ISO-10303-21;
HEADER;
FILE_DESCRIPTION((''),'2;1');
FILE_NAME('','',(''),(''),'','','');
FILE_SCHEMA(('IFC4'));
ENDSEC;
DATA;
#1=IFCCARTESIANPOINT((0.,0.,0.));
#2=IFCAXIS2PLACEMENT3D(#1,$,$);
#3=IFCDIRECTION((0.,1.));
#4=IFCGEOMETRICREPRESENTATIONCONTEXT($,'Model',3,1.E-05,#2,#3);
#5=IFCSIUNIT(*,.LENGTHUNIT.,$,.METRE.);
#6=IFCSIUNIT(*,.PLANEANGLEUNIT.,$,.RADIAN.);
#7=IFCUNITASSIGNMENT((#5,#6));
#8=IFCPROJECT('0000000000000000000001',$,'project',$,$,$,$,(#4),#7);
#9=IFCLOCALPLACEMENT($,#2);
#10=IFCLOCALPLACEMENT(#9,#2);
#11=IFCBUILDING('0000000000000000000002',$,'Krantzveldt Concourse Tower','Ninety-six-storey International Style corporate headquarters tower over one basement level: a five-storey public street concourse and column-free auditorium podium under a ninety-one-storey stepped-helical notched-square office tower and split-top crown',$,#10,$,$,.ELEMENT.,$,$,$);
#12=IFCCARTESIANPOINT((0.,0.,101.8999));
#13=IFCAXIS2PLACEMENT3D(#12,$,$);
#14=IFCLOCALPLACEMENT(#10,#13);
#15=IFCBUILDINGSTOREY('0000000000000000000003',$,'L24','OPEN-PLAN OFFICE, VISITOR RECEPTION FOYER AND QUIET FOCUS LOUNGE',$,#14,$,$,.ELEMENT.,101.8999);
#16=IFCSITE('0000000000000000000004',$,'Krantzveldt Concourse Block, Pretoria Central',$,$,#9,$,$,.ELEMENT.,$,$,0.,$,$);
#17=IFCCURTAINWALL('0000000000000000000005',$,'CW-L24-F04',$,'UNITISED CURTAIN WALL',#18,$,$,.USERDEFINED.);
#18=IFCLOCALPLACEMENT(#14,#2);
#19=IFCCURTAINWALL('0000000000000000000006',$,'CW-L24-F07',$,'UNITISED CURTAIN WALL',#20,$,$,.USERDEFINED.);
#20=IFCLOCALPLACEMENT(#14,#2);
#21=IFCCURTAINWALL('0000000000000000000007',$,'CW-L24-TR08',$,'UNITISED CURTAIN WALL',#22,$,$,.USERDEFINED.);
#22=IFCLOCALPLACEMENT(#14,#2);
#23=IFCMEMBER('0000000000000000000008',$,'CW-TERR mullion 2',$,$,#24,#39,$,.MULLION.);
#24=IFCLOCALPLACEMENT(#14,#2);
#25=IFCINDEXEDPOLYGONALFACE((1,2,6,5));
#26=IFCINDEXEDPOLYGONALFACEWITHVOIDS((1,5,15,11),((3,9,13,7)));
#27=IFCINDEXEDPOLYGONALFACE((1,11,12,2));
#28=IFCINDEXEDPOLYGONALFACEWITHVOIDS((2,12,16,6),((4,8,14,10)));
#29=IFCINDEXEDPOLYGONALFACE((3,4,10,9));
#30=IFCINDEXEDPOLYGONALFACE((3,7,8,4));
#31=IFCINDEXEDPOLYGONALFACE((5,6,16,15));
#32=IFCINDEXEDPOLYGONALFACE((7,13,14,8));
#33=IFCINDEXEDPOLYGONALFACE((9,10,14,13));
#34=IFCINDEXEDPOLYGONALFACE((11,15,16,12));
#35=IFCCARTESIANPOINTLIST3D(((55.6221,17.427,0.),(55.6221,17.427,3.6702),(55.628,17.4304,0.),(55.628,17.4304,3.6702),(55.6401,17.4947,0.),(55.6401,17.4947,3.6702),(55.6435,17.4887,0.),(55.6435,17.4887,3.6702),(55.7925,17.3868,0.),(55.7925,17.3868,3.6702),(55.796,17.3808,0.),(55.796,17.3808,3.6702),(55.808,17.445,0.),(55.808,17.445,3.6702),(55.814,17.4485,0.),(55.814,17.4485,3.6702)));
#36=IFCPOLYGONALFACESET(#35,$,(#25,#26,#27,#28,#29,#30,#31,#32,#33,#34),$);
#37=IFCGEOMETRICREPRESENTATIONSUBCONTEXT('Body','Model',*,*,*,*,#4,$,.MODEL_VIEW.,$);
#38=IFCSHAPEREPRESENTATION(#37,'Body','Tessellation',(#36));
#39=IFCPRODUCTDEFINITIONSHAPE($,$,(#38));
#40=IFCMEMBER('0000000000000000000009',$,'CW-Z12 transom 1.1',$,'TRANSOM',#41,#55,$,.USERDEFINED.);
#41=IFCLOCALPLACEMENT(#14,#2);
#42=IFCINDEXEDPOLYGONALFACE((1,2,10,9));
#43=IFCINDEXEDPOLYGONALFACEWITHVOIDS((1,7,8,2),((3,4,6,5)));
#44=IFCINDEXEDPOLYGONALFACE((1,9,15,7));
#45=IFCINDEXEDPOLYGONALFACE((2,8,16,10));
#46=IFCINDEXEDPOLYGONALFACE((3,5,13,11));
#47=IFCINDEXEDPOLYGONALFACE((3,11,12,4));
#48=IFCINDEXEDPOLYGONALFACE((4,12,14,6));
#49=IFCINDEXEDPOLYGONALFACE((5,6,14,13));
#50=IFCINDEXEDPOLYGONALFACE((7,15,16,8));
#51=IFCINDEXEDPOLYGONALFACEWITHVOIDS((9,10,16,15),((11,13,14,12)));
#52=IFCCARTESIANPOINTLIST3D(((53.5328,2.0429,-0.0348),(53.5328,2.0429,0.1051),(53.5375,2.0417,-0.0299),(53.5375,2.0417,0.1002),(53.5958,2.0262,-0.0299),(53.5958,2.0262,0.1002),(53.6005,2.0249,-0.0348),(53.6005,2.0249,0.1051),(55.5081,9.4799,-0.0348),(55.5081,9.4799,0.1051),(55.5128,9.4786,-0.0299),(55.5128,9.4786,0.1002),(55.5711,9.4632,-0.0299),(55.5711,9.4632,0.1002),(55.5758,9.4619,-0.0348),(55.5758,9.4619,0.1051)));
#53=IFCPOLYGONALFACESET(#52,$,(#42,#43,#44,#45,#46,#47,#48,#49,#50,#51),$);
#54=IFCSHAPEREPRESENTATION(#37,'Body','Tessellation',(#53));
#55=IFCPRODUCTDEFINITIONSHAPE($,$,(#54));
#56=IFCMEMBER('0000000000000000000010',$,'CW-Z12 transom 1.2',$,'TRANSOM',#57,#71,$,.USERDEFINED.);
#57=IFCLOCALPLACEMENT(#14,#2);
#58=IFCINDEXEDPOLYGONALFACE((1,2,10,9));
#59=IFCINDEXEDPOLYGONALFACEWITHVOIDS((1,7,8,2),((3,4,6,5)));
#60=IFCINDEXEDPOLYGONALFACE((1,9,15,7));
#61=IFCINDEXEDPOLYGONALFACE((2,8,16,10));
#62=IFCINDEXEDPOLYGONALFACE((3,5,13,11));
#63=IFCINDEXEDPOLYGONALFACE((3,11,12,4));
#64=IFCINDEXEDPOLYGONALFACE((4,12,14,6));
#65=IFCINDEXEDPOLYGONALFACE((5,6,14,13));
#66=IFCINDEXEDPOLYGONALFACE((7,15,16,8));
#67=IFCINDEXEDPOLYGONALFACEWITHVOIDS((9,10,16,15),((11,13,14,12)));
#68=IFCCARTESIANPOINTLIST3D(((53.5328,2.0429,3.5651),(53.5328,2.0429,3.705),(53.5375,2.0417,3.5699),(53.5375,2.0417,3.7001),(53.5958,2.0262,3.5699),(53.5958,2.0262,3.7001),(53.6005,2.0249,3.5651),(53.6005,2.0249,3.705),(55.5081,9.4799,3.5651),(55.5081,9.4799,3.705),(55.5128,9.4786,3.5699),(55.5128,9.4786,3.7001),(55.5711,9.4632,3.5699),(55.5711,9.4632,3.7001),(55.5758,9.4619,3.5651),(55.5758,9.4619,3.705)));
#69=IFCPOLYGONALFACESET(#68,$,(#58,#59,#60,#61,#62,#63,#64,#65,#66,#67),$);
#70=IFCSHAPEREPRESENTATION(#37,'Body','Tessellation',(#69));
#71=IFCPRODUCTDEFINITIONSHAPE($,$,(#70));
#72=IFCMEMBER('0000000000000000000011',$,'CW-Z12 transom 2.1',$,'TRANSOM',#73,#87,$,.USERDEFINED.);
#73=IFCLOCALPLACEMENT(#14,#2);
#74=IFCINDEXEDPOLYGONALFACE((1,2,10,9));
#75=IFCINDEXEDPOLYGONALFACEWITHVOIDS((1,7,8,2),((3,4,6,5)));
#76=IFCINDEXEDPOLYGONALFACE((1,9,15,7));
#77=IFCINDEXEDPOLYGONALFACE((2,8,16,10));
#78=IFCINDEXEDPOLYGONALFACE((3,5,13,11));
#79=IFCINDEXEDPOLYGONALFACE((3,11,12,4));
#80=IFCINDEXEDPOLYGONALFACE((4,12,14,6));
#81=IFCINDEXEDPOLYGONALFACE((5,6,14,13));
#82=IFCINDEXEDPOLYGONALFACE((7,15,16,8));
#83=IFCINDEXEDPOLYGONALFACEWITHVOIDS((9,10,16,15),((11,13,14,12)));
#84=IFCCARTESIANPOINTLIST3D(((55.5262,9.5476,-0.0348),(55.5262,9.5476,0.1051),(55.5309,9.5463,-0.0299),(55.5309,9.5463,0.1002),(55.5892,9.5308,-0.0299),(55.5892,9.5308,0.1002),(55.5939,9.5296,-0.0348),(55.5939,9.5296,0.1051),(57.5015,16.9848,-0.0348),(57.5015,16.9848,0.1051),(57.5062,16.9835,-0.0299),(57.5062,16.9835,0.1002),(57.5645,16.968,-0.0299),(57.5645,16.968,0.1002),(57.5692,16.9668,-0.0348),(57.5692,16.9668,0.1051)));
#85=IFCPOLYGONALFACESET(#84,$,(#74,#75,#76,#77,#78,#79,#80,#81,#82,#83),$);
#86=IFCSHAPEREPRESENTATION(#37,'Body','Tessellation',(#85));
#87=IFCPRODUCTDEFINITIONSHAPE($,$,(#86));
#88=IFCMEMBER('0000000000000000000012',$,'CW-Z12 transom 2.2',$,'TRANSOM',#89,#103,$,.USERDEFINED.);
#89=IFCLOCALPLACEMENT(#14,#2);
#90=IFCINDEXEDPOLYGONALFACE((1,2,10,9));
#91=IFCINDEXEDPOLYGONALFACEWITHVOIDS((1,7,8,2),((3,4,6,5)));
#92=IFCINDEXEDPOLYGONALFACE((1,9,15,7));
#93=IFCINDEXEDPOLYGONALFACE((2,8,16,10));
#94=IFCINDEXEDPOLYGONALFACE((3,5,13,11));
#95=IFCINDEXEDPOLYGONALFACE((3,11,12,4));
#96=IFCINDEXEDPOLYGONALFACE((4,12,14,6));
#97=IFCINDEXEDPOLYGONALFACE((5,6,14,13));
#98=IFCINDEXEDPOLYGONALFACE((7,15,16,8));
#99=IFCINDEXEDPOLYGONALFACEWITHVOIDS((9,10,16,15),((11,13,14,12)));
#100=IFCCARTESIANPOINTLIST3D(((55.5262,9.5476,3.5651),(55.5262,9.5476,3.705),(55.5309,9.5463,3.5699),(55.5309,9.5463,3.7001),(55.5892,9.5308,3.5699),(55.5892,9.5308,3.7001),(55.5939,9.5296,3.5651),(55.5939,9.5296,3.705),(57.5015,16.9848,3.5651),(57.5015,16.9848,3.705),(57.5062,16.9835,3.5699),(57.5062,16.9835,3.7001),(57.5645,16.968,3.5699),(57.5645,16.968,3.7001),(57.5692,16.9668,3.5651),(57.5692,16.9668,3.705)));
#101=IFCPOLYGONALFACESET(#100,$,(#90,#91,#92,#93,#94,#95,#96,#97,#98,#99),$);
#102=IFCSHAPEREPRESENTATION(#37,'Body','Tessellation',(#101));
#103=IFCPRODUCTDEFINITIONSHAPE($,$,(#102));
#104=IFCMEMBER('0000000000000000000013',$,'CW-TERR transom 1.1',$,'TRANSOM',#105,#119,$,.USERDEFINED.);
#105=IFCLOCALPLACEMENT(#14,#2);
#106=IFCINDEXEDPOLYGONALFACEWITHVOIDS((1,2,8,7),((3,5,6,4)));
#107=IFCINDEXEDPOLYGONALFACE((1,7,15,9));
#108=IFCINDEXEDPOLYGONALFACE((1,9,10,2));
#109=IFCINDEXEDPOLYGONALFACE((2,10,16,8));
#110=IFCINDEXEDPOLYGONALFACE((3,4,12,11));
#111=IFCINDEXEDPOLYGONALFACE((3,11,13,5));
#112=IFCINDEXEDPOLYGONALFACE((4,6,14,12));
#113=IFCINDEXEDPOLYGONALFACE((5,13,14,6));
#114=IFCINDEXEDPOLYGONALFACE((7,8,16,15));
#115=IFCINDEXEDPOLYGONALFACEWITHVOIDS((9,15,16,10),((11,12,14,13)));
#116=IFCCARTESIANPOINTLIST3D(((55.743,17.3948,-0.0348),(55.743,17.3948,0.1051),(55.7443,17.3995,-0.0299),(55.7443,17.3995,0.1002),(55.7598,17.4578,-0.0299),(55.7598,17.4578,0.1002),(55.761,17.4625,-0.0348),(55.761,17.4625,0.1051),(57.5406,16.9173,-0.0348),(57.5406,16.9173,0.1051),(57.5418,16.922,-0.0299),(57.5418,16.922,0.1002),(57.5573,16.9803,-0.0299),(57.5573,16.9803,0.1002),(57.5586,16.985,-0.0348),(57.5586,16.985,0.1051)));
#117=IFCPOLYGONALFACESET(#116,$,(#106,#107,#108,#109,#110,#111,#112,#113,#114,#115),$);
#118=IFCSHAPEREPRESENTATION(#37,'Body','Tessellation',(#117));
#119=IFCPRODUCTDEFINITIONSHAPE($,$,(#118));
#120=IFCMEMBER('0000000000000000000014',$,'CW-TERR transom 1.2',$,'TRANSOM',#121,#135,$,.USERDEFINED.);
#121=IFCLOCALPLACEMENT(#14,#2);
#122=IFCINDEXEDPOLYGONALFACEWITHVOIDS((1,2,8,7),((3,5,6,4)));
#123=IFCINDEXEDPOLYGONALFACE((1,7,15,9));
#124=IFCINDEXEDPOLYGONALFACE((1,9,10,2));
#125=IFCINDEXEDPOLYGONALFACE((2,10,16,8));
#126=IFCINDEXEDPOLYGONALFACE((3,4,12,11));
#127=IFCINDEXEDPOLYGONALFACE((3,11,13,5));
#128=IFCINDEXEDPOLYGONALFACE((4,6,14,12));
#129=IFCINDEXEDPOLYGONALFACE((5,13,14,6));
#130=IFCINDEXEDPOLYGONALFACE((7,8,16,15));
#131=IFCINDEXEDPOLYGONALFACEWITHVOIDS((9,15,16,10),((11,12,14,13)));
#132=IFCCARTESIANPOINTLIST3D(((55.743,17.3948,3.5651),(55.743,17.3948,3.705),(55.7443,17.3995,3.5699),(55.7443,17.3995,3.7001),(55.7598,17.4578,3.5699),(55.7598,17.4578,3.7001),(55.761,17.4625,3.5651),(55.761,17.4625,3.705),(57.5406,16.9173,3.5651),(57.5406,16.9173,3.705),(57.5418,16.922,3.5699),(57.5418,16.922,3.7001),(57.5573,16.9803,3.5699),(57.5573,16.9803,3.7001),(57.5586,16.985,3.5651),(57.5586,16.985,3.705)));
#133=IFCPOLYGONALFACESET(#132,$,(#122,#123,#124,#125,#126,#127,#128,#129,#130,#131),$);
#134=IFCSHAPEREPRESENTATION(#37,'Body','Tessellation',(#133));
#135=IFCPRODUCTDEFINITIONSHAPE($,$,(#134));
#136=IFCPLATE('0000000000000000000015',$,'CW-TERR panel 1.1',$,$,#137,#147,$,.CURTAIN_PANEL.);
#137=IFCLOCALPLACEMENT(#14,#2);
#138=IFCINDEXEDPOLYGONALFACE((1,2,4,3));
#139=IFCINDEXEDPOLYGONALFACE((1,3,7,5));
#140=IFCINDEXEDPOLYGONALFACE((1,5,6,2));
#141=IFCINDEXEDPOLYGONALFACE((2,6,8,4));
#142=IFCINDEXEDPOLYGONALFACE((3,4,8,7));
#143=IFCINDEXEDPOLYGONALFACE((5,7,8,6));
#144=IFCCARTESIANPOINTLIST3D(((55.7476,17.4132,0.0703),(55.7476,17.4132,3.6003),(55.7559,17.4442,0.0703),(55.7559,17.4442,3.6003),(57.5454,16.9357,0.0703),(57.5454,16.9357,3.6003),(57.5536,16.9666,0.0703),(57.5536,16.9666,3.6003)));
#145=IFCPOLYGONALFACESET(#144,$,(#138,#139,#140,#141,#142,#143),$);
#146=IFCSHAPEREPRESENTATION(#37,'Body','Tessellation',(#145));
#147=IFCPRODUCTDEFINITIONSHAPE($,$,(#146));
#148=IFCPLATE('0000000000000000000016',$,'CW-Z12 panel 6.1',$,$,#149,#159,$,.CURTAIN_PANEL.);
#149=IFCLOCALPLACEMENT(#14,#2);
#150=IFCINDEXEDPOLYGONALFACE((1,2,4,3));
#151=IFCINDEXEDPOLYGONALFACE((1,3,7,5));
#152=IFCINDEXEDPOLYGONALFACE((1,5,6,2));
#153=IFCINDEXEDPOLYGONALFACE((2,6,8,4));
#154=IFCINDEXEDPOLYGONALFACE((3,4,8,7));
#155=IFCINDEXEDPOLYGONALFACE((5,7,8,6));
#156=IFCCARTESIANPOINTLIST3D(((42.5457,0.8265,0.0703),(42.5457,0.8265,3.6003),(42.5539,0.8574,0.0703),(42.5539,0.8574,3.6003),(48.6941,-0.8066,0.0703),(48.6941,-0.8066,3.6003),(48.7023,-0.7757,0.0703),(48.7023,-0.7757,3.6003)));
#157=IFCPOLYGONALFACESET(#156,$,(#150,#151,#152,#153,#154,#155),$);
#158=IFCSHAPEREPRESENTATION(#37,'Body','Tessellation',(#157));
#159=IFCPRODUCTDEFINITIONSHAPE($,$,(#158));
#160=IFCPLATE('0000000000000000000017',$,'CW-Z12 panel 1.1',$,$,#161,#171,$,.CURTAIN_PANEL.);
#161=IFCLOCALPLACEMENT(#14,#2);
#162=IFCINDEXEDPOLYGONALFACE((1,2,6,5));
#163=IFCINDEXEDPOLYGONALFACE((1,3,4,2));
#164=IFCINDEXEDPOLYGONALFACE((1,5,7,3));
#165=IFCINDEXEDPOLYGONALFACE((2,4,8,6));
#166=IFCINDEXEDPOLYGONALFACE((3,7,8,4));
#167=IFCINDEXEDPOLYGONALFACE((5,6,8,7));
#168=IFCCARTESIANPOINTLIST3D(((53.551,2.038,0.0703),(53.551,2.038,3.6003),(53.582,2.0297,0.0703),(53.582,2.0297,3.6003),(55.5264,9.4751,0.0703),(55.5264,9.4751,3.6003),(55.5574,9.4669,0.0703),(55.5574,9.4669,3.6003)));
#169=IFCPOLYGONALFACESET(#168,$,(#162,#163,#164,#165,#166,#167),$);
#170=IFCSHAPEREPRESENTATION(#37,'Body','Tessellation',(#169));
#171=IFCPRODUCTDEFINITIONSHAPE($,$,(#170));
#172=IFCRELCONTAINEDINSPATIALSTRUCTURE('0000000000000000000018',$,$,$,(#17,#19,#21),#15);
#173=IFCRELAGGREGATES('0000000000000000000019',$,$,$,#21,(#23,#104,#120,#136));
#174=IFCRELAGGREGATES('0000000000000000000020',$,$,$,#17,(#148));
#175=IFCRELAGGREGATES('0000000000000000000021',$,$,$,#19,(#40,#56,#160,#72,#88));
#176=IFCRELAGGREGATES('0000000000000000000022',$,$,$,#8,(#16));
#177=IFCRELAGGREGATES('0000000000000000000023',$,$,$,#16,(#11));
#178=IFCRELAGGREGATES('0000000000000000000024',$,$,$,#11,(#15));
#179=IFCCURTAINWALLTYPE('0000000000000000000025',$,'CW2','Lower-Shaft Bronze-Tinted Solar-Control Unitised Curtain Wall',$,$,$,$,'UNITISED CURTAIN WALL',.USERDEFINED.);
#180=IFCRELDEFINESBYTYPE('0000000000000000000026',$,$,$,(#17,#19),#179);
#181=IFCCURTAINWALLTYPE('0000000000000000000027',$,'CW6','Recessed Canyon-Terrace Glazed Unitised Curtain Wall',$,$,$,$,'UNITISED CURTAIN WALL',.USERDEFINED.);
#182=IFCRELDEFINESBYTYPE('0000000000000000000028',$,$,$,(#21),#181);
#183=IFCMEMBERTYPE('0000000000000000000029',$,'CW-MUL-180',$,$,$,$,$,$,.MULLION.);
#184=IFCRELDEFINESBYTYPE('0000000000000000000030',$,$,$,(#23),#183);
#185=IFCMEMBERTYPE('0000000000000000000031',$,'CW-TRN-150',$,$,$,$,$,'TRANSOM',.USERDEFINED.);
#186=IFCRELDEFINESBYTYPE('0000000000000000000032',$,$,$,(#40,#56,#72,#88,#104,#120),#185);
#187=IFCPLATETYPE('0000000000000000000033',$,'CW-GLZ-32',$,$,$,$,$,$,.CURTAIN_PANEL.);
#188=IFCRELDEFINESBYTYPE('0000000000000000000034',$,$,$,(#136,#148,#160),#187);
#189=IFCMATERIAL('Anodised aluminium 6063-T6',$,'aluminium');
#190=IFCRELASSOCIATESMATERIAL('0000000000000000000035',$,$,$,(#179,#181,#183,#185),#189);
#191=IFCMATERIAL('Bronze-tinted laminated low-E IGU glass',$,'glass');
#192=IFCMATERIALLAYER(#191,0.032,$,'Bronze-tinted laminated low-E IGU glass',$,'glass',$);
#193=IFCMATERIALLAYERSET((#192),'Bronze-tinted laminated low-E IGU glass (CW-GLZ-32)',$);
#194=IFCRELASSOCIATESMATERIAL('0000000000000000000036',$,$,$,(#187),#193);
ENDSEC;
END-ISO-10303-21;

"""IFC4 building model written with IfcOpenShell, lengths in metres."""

from ifc_helpers import new_model, si_unit, direction, frame, origin, origin_2d, place, context, subcontext, project, spatial, rectangle, hollow_rectangle, extrude, source, transform, mapped, material, layer, layer_set, material_profile, profile_set, type_object, type_shapes, element, aggregate, save


model = new_model("IFC4")

# Units and contexts
model_context = context("Model", 3, precision=1e-05, world=origin(), true_north=direction((0.0, 1.0)))
body_context = subcontext(model_context, "Body", "Model", "MODEL_VIEW")
ifc_project = project(units=[si_unit("LENGTHUNIT", "METRE"), si_unit("PLANEANGLEUNIT", "RADIAN")], contexts=[model_context])

# Site, building, storey
site_placement = place(None, origin())
site = spatial("IfcSite", under=ifc_project, at=site_placement, Name="Krantzveldt Concourse Block, Pretoria Central", CompositionType="ELEMENT", RefElevation=0.0)
building_placement = place(site_placement, origin())
building = spatial("IfcBuilding", under=site, at=building_placement, Name="Krantzveldt Concourse Tower", Description="Ninety-six-storey International Style corporate headquarters tower over one basement level: a five-storey public street concourse and column-free auditorium podium under a ninety-one-storey stepped-helical notched-square office tower and split-top crown", CompositionType="ELEMENT")
storey_placement = place(building_placement, frame((0.0, 0.0, 101.8999)))
storey = spatial("IfcBuildingStorey", under=building, at=storey_placement, Name="L24", Description="OPEN-PLAN OFFICE, VISITOR RECEPTION FOYER AND QUIET FOCUS LOUNGE", CompositionType="ELEMENT", Elevation=101.8999)

# Curtain wall
ifc_material_1 = material(Name="Anodised aluminium 6063-T6", Category="aluminium")
curtain_wall_type_1 = type_object("IfcCurtainWallType", Name="CW2", Description="Lower-Shaft Bronze-Tinted Solar-Control Unitised Curtain Wall", ElementType="UNITISED CURTAIN WALL", PredefinedType="USERDEFINED", material=ifc_material_1)
curtain_wall_1_placement = place(storey_placement, origin())
curtain_wall_1 = element("IfcCurtainWall", 1, at=curtain_wall_1_placement, inside=storey, type_object=curtain_wall_type_1, Name="CW-L24-F04", ObjectType="UNITISED CURTAIN WALL", PredefinedType="USERDEFINED")
ifc_material_profile_1 = material_profile(ifc_material_1, hollow_rectangle(XDim=0.0701, YDim=0.1799, WallThickness=0.0049, at=origin_2d()), Name="Anodised aluminium 6063-T6", Category="aluminium")
ifc_profile_set_1 = profile_set([ifc_material_profile_1], Name="Anodised aluminium 6063-T6 - ALU-MULL 180x70x5")
member_type_1 = type_object("IfcMemberType", Name="CW-MUL-180", PredefinedType="MULLION", material=ifc_profile_set_1)
shared_shape_1 = source(origin(), body_context, "Body", "SweptSolid", [
    extrude(hollow_rectangle(XDim=0.0701, YDim=0.1799, WallThickness=0.0049, at=origin_2d()), origin(), (0.0, 0.0, 1.0), 3.6702),
])
type_shapes(member_type_1, [shared_shape_1])

# Curtain walls, member
curtain_wall_2_placement = place(storey_placement, origin())
curtain_wall_2 = element("IfcCurtainWall", 2, at=curtain_wall_2_placement, inside=storey, type_object=curtain_wall_type_1, Name="CW-L24-F07", ObjectType="UNITISED CURTAIN WALL", PredefinedType="USERDEFINED")
curtain_wall_type_2 = type_object("IfcCurtainWallType", Name="CW6", Description="Recessed Canyon-Terrace Glazed Unitised Curtain Wall", ElementType="UNITISED CURTAIN WALL", PredefinedType="USERDEFINED", material=ifc_material_1)
curtain_wall_3_placement = place(storey_placement, origin())
curtain_wall_3 = element("IfcCurtainWall", 3, at=curtain_wall_3_placement, inside=storey, type_object=curtain_wall_type_2, Name="CW-L24-TR08", ObjectType="UNITISED CURTAIN WALL", PredefinedType="USERDEFINED")
member_1_placement = place(storey_placement, frame((55.718, 17.4377, 0.0), z_axis=(0.0, 0.0, 1.0), x_axis=(-0.256714, -0.966487, 0.0)))
member_1 = element("IfcMember", 4, at=member_1_placement, type_object=member_type_1, Name="CW-TERR mullion 2", PredefinedType="MULLION", context=body_context, shape_type="MappedRepresentation", body=[
    mapped(shared_shape_1, transform((0.0, 0.0, 0.0), x_axis=(1.0, 0.0, 0.0), y_axis=(0.0, 1.0, 0.0), z_axis=(0.0, 0.0, 1.0), scale=1.0)),
])

# Members
ifc_material_profile_2 = material_profile(ifc_material_1, hollow_rectangle(XDim=0.0701, YDim=0.1399, WallThickness=0.0049, at=origin_2d()), Name="Anodised aluminium 6063-T6", Category="aluminium")
ifc_profile_set_2 = profile_set([ifc_material_profile_2], Name="Anodised aluminium 6063-T6 - ALU-TRAN 140x70x5")
member_type_2 = type_object("IfcMemberType", Name="CW-TRN-150", ElementType="TRANSOM", PredefinedType="USERDEFINED", material=ifc_profile_set_2)
shared_shape_2 = source(origin(), body_context, "Body", "SweptSolid", [
    extrude(hollow_rectangle(XDim=0.0701, YDim=0.1399, WallThickness=0.0049, at=origin_2d()), origin(), (0.0, 0.0, 1.0), 7.6948),
])
member_2_placement = place(storey_placement, frame((53.5667, 2.0339, 0.0352), z_axis=(0.256709, 0.966489, 0.0), x_axis=(-0.966489, 0.256709, 0.0)))
member_2 = element("IfcMember", 5, at=member_2_placement, type_object=member_type_2, Name="CW-Z12 transom 1.1", ObjectType="TRANSOM", PredefinedType="USERDEFINED", context=body_context, shape_type="MappedRepresentation", body=[
    mapped(shared_shape_2, transform((0.0, 0.0, 0.0), x_axis=(1.0, 0.0, 0.0), y_axis=(0.0, 1.0, 0.0), z_axis=(0.0, 0.0, 1.0), scale=1.0)),
])
member_3_placement = place(storey_placement, frame((53.5667, 2.0339, 3.635), z_axis=(0.256709, 0.966489, 0.0), x_axis=(-0.966489, 0.256709, 0.0)))
member_3 = element("IfcMember", 6, at=member_3_placement, type_object=member_type_2, Name="CW-Z12 transom 1.2", ObjectType="TRANSOM", PredefinedType="USERDEFINED", context=body_context, shape_type="MappedRepresentation", body=[
    mapped(shared_shape_2, transform((0.0, 0.0, 0.0), x_axis=(1.0, 0.0, 0.0), y_axis=(0.0, 1.0, 0.0), z_axis=(0.0, 0.0, 1.0), scale=1.0)),
])
shared_shape_3 = source(origin(), body_context, "Body", "SweptSolid", [
    extrude(hollow_rectangle(XDim=0.0701, YDim=0.1399, WallThickness=0.0049, at=origin_2d()), origin(), (0.0, 0.0, 1.0), 7.6951),
])
member_4_placement = place(storey_placement, frame((55.5601, 9.5386, 0.0352), z_axis=(0.256701, 0.966491, 0.0), x_axis=(-0.966491, 0.256701, 0.0)))
member_4 = element("IfcMember", 7, at=member_4_placement, type_object=member_type_2, Name="CW-Z12 transom 2.1", ObjectType="TRANSOM", PredefinedType="USERDEFINED", context=body_context, shape_type="MappedRepresentation", body=[
    mapped(shared_shape_3, transform((0.0, 0.0, 0.0), x_axis=(1.0, 0.0, 0.0), y_axis=(0.0, 1.0, 0.0), z_axis=(0.0, 0.0, 1.0), scale=1.0)),
])
member_5_placement = place(storey_placement, frame((55.5601, 9.5386, 3.635), z_axis=(0.256701, 0.966491, 0.0), x_axis=(-0.966491, 0.256701, 0.0)))
member_5 = element("IfcMember", 8, at=member_5_placement, type_object=member_type_2, Name="CW-Z12 transom 2.2", ObjectType="TRANSOM", PredefinedType="USERDEFINED", context=body_context, shape_type="MappedRepresentation", body=[
    mapped(shared_shape_3, transform((0.0, 0.0, 0.0), x_axis=(1.0, 0.0, 0.0), y_axis=(0.0, 1.0, 0.0), z_axis=(0.0, 0.0, 1.0), scale=1.0)),
])
shared_shape_4 = source(origin(), body_context, "Body", "SweptSolid", [
    extrude(hollow_rectangle(XDim=0.0701, YDim=0.1399, WallThickness=0.0049, at=origin_2d()), origin(), (0.0, 0.0, 1.0), 1.8599),
])
type_shapes(member_type_2, [shared_shape_2, shared_shape_3, shared_shape_4])
member_6_placement = place(storey_placement, frame((57.5496, 16.9512, 0.0352), z_axis=(-0.966479, 0.256748, 0.0), x_axis=(-0.256748, -0.966479, 0.0)))
member_6 = element("IfcMember", 9, at=member_6_placement, type_object=member_type_2, Name="CW-TERR transom 1.1", ObjectType="TRANSOM", PredefinedType="USERDEFINED", context=body_context, shape_type="MappedRepresentation", body=[
    mapped(shared_shape_4, transform((0.0, 0.0, 0.0), x_axis=(1.0, 0.0, 0.0), y_axis=(0.0, 1.0, 0.0), z_axis=(0.0, 0.0, 1.0), scale=1.0)),
])
member_7_placement = place(storey_placement, frame((57.5496, 16.9512, 3.635), z_axis=(-0.966479, 0.256748, 0.0), x_axis=(-0.256748, -0.966479, 0.0)))
member_7 = element("IfcMember", 10, at=member_7_placement, type_object=member_type_2, Name="CW-TERR transom 1.2", ObjectType="TRANSOM", PredefinedType="USERDEFINED", context=body_context, shape_type="MappedRepresentation", body=[
    mapped(shared_shape_4, transform((0.0, 0.0, 0.0), x_axis=(1.0, 0.0, 0.0), y_axis=(0.0, 1.0, 0.0), z_axis=(0.0, 0.0, 1.0), scale=1.0)),
])

# Plates
ifc_material_2 = material(Name="Bronze-tinted laminated low-E IGU glass", Category="glass")
ifc_layer_1 = layer(ifc_material_2, 0.032, Name="Bronze-tinted laminated low-E IGU glass", Category="glass")
ifc_layer_set_1 = layer_set([ifc_layer_1], Name="Bronze-tinted laminated low-E IGU glass (CW-GLZ-32)")
plate_type = type_object("IfcPlateType", Name="CW-GLZ-32", PredefinedType="CURTAIN_PANEL", material=ifc_layer_set_1)
shared_shape_5 = source(origin(), body_context, "Body", "SweptSolid", [
    extrude(rectangle(XDim=1.8601, YDim=0.032, at=origin_2d()), origin(), (0.0, 0.0, 1.0), 3.53),
])
plate_1_placement = place(storey_placement, frame((56.6506, 17.1899, 0.0703), z_axis=(0.0, 0.0, 1.0), x_axis=(-0.966487, 0.256714, 0.0)))
plate_1 = element("IfcPlate", 11, at=plate_1_placement, type_object=plate_type, Name="CW-TERR panel 1.1", PredefinedType="CURTAIN_PANEL", context=body_context, shape_type="MappedRepresentation", body=[
    mapped(shared_shape_5, transform((0.0, 0.0, 0.0), x_axis=(1.0, 0.0, 0.0), y_axis=(0.0, 1.0, 0.0), z_axis=(0.0, 0.0, 1.0), scale=1.0)),
])
aggregate(curtain_wall_3, [member_1, member_6, member_7, plate_1])
shared_shape_6 = source(origin(), body_context, "Body", "SweptSolid", [
    extrude(rectangle(XDim=6.3616, YDim=0.032, at=origin_2d()), origin(), (0.0, 0.0, 1.0), 3.53),
])
plate_2_placement = place(storey_placement, frame((45.624, 0.0254, 0.0703), z_axis=(0.0, 0.0, 1.0), x_axis=(0.966488, -0.256711, 0.0)))
plate_2 = element("IfcPlate", 12, at=plate_2_placement, type_object=plate_type, Name="CW-Z12 panel 6.1", PredefinedType="CURTAIN_PANEL", context=body_context, shape_type="MappedRepresentation", body=[
    mapped(shared_shape_6, transform((0.0, 0.0, 0.0), x_axis=(1.0, 0.0, 0.0), y_axis=(0.0, 1.0, 0.0), z_axis=(0.0, 0.0, 1.0), scale=1.0)),
])
aggregate(curtain_wall_1, [plate_2])
shared_shape_7 = source(origin(), body_context, "Body", "SweptSolid", [
    extrude(rectangle(XDim=7.6951, YDim=0.032, at=origin_2d()), origin(), (0.0, 0.0, 1.0), 3.53),
])
type_shapes(plate_type, [shared_shape_5, shared_shape_6, shared_shape_7])
plate_3_placement = place(storey_placement, frame((54.5542, 5.7524, 0.0703), z_axis=(0.0, 0.0, 1.0), x_axis=(0.256711, 0.966488, 0.0)))
plate_3 = element("IfcPlate", 13, at=plate_3_placement, type_object=plate_type, Name="CW-Z12 panel 1.1", PredefinedType="CURTAIN_PANEL", context=body_context, shape_type="MappedRepresentation", body=[
    mapped(shared_shape_7, transform((0.0, 0.0, 0.0), x_axis=(1.0, 0.0, 0.0), y_axis=(0.0, 1.0, 0.0), z_axis=(0.0, 0.0, 1.0), scale=1.0)),
])
aggregate(curtain_wall_2, [member_2, member_3, plate_3, member_4, member_5])

save(model, "model.ifc")
